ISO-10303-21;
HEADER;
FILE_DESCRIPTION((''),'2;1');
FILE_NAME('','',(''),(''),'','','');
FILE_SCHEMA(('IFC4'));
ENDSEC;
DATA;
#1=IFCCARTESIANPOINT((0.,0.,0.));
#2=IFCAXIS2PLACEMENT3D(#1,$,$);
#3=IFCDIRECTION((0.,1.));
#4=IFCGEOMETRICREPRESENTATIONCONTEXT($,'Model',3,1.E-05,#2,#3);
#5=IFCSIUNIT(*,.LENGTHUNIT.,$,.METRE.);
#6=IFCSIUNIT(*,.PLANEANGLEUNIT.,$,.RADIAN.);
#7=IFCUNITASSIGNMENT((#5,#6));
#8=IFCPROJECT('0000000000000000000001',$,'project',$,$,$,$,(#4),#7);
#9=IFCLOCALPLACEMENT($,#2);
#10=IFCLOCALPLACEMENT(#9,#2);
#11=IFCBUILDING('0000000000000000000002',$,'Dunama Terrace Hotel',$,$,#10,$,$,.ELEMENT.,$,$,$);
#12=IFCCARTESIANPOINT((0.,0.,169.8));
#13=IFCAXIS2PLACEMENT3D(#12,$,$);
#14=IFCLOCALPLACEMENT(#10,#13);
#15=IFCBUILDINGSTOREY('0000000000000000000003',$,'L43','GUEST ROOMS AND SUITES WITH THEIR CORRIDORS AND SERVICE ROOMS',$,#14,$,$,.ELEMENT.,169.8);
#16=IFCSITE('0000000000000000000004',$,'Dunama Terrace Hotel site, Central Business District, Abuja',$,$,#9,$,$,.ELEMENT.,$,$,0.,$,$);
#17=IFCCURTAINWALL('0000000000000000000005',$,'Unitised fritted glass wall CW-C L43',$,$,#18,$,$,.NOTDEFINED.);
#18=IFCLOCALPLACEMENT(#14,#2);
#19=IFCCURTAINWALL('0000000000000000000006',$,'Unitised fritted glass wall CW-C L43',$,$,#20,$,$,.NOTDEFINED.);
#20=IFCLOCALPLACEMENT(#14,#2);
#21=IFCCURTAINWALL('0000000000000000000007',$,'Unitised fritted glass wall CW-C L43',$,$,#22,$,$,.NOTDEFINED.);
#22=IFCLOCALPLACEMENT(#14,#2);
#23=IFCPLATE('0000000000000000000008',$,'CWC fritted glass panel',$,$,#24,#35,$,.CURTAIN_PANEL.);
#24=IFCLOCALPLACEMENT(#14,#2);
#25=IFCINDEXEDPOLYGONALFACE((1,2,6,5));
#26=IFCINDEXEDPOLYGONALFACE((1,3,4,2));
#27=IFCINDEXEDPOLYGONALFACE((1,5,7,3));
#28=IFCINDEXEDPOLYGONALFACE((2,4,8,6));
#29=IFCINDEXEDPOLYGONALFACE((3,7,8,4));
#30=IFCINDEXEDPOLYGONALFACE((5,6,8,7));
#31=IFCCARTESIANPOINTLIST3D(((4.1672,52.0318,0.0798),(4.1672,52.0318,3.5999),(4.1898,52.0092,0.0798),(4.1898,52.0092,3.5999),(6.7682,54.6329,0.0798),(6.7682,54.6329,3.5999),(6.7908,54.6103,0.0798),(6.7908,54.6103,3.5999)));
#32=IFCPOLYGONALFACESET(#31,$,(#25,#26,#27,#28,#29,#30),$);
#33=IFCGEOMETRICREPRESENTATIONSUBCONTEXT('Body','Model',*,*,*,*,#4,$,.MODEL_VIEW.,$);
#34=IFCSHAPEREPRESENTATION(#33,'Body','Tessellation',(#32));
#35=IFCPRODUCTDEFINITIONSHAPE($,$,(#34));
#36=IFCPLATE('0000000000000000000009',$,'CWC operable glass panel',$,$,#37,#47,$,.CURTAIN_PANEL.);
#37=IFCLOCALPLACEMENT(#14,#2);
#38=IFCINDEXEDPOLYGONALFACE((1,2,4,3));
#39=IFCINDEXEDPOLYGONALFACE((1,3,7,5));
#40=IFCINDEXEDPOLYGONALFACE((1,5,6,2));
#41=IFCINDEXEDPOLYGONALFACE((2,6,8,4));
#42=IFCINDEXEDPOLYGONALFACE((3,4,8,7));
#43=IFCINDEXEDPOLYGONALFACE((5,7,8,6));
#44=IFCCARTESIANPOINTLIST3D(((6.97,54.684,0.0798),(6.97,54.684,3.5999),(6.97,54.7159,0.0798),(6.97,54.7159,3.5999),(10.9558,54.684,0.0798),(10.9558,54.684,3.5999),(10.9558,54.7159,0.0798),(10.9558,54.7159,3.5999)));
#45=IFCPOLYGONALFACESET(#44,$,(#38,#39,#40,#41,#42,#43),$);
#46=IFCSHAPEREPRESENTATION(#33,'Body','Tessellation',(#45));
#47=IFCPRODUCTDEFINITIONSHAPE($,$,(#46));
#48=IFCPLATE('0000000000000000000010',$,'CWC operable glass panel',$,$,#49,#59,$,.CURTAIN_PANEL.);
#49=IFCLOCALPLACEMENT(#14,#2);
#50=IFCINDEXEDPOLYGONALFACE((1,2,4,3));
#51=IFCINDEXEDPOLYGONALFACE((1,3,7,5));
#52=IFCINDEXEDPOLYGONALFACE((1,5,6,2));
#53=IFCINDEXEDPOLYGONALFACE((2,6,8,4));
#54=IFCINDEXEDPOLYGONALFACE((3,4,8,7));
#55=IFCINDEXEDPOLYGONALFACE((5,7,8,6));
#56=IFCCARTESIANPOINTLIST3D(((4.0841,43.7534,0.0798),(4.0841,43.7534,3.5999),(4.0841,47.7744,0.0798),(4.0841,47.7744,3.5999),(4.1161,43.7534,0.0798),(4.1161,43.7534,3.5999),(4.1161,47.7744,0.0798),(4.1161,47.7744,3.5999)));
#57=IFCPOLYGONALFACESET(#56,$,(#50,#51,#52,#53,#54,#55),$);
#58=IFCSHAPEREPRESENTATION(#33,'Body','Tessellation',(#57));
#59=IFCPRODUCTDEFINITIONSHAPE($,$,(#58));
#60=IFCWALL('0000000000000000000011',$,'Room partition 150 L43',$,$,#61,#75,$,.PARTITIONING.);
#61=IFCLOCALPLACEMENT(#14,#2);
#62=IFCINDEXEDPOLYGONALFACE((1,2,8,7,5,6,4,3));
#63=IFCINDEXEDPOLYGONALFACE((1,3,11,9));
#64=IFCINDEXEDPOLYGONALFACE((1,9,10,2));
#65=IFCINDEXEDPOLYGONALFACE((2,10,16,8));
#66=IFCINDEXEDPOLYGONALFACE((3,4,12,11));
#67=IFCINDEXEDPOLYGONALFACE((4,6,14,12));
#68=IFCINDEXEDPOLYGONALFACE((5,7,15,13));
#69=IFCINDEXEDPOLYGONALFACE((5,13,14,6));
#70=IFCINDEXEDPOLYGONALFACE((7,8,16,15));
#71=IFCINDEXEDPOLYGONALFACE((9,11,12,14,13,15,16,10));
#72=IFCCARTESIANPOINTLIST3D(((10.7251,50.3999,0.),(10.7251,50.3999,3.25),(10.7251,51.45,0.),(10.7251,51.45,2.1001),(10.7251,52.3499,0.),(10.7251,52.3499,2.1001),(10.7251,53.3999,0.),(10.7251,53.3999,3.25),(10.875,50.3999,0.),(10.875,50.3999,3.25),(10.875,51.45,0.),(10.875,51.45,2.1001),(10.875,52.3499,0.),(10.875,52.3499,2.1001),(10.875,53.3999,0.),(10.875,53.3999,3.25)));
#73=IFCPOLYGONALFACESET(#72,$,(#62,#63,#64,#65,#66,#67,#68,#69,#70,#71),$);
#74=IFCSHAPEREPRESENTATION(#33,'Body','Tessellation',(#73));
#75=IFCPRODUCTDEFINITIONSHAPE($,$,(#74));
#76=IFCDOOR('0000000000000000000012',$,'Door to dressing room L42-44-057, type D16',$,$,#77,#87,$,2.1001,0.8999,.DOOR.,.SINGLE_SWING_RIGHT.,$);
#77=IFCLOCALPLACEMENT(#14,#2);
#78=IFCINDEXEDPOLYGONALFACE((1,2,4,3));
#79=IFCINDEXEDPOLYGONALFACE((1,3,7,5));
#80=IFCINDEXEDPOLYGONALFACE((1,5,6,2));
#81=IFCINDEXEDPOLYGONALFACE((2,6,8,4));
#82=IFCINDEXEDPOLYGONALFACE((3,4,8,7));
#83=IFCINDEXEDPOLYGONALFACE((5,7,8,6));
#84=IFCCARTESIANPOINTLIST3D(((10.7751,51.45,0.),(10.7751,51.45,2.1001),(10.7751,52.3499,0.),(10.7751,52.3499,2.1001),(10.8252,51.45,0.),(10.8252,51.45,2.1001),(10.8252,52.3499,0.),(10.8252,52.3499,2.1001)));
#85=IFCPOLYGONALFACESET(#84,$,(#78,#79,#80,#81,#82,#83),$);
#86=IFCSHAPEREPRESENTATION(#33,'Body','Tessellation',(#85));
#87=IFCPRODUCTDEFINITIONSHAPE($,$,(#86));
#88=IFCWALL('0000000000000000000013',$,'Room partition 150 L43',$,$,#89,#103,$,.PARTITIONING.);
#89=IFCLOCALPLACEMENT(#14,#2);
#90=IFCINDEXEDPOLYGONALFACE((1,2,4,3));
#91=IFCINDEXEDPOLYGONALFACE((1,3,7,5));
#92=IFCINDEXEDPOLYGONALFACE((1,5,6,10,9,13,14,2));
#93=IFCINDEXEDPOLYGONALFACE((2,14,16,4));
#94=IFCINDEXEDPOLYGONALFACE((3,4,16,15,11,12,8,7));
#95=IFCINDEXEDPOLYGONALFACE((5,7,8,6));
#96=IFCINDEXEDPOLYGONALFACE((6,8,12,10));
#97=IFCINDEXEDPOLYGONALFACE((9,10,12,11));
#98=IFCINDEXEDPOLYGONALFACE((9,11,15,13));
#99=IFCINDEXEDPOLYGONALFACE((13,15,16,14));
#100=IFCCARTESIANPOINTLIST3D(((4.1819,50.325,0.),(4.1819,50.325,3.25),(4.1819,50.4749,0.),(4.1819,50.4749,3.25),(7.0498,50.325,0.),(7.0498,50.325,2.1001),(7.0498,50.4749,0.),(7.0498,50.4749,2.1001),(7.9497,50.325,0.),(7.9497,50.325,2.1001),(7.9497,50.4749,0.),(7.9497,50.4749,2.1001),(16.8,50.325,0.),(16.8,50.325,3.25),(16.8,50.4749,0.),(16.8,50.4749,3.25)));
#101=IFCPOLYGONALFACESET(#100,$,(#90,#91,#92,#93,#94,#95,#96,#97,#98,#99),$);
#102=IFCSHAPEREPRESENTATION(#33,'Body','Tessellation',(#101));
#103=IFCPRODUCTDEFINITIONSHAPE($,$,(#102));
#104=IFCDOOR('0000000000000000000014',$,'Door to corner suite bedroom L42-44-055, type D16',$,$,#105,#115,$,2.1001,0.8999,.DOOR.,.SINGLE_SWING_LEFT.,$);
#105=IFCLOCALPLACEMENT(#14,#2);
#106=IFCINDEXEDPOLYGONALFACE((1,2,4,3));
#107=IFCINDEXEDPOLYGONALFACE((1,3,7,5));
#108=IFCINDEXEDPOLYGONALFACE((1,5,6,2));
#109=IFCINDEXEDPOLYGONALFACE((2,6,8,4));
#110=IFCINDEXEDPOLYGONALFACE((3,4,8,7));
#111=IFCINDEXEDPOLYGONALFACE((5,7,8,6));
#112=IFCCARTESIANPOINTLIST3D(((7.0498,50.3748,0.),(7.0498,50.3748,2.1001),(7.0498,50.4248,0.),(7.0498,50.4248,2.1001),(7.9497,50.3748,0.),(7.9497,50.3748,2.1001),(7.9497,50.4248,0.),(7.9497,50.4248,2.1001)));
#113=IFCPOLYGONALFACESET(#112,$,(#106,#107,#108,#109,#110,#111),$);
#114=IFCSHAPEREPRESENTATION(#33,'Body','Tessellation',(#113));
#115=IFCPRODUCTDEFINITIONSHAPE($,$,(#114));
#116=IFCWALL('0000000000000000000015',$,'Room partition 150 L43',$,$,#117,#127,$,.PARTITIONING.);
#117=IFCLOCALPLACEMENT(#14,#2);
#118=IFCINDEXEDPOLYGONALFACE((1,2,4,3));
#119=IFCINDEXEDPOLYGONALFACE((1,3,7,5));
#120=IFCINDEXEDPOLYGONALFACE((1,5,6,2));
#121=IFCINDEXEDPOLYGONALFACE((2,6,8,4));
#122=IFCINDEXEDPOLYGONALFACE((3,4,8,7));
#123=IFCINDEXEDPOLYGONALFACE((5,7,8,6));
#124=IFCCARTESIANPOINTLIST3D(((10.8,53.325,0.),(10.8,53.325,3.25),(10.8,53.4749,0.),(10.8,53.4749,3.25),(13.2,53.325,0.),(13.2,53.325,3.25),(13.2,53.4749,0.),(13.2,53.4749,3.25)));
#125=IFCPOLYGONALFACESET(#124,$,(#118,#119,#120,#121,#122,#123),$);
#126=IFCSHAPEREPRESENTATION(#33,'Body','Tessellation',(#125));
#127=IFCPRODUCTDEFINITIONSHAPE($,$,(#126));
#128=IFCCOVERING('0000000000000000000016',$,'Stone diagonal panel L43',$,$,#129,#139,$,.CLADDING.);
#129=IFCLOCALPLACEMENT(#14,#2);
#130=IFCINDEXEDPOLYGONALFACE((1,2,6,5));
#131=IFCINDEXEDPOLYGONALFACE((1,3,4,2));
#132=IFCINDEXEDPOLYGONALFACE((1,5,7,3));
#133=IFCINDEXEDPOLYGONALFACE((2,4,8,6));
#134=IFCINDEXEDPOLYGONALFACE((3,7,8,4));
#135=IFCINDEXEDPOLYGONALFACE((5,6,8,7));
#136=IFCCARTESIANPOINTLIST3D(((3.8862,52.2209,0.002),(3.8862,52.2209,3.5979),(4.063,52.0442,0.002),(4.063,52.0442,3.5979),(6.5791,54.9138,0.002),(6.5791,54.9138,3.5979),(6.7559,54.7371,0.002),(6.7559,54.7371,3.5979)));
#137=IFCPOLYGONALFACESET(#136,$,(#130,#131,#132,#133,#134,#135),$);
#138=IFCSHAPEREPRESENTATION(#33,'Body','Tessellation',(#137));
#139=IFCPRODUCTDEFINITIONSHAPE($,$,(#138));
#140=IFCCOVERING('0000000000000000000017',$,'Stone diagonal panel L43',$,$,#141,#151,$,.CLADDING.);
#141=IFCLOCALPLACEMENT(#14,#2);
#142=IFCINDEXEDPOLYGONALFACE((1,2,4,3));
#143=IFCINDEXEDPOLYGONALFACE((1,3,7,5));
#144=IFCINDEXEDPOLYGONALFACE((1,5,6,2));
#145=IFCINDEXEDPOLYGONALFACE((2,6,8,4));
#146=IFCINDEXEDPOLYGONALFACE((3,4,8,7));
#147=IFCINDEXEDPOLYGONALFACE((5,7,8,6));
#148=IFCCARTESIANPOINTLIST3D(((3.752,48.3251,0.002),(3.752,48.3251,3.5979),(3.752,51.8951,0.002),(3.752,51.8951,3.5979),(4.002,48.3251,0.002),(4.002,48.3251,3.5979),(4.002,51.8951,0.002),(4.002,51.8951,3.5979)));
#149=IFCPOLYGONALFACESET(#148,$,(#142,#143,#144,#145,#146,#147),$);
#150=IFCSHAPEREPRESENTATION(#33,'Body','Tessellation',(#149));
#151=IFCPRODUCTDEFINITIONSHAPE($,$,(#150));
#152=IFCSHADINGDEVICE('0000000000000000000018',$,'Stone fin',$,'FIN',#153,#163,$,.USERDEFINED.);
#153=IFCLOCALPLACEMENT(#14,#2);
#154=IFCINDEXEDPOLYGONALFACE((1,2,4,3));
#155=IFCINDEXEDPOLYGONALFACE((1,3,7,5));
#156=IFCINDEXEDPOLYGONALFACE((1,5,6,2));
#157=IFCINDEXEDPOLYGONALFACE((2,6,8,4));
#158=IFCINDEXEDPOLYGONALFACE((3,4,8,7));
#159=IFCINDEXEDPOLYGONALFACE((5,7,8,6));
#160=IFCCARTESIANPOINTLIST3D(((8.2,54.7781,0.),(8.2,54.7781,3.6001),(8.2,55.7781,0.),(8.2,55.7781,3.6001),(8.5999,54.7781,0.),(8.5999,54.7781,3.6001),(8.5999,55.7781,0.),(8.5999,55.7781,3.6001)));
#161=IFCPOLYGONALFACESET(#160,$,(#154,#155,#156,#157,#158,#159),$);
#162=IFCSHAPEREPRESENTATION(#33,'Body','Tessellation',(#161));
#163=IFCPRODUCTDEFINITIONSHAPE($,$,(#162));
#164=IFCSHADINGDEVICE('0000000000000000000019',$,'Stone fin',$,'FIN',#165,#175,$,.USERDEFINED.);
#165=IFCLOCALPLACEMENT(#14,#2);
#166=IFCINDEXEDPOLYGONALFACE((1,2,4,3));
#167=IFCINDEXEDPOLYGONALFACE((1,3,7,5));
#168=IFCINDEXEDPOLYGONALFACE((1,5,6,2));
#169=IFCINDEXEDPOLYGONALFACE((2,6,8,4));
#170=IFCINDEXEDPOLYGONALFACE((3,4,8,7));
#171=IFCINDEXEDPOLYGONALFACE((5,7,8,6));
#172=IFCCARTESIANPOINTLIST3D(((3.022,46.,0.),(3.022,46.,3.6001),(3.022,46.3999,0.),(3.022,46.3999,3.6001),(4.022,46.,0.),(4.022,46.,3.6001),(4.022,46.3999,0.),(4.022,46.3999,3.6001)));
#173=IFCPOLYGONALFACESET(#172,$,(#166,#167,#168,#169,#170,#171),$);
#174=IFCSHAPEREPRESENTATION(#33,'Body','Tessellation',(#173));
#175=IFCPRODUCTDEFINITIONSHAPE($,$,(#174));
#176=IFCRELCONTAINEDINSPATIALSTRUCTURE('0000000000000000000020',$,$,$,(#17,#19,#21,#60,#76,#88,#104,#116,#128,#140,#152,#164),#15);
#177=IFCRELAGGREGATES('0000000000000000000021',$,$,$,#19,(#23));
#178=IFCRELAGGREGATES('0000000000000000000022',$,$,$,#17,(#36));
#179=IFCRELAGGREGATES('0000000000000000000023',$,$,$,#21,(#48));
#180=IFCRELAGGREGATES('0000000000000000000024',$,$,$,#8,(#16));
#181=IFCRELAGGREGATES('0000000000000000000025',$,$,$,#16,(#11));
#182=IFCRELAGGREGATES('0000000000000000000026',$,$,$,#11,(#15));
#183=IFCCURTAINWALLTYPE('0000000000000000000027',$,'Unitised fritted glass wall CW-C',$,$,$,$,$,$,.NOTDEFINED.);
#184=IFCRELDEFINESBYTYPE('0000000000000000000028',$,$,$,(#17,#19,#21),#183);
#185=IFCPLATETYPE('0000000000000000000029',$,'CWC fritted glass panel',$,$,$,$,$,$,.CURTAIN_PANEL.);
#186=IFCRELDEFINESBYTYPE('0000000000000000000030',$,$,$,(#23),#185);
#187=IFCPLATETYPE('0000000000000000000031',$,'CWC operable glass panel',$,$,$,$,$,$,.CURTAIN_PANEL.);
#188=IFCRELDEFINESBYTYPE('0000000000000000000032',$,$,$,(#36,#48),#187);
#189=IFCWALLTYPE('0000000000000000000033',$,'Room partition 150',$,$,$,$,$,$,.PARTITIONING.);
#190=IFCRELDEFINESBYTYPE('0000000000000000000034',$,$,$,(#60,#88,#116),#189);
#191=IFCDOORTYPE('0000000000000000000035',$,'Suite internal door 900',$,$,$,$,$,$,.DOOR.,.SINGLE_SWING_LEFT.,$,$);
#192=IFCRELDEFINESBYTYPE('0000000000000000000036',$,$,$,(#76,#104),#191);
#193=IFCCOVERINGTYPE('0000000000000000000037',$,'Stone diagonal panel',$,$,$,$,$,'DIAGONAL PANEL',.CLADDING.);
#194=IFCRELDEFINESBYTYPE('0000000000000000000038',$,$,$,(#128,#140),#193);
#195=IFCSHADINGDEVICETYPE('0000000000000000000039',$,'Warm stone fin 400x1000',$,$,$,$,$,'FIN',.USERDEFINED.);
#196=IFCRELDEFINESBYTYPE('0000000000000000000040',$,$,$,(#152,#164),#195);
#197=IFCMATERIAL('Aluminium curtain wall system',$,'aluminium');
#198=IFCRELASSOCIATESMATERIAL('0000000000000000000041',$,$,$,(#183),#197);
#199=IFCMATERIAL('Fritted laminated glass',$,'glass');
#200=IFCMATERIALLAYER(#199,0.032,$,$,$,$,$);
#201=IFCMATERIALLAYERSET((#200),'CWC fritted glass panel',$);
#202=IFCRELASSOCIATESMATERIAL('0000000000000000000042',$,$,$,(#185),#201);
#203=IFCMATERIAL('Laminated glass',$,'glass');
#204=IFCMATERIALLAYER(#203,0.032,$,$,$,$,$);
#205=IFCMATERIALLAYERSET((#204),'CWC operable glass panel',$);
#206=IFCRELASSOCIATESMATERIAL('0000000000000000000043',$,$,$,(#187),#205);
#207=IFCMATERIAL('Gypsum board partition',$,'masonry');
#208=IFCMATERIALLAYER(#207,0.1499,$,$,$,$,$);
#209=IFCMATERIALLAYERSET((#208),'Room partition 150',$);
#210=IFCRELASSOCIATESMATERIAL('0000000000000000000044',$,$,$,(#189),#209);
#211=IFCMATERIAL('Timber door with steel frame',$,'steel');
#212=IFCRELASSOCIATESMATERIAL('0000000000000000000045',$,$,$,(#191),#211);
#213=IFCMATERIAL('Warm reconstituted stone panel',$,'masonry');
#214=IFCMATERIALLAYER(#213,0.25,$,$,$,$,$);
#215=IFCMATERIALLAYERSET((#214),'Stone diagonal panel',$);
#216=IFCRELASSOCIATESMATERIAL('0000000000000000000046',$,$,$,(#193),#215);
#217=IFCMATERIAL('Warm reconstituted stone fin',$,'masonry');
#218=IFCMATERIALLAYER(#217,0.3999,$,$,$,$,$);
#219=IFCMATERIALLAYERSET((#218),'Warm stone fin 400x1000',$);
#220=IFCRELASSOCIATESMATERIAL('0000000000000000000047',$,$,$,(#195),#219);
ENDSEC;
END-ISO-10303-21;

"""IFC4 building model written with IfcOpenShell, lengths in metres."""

from ifc_helpers import new_model, si_unit, direction, frame, frame_2d, origin, origin_2d, place, context, subcontext, project, spatial, rectangle, extrude, material, layer, layer_set, type_object, element, fill, aggregate, save


model = new_model("IFC4")

# Units and contexts
model_context = context("Model", 3, precision=1e-05, world=origin(), true_north=direction((0.0, 1.0)))
body_context = subcontext(model_context, "Body", "Model", "MODEL_VIEW")
ifc_project = project(units=[si_unit("LENGTHUNIT", "METRE"), si_unit("PLANEANGLEUNIT", "RADIAN")], contexts=[model_context])

# Site, building, storey
site_placement = place(None, origin())
site = spatial("IfcSite", under=ifc_project, at=site_placement, Name="Dunama Terrace Hotel site, Central Business District, Abuja", CompositionType="ELEMENT", RefElevation=0.0)
building_placement = place(site_placement, origin())
building = spatial("IfcBuilding", under=site, at=building_placement, Name="Dunama Terrace Hotel", CompositionType="ELEMENT")
storey_placement = place(building_placement, frame((0.0, 0.0, 169.8)))
storey = spatial("IfcBuildingStorey", under=building, at=storey_placement, Name="L43", Description="GUEST ROOMS AND SUITES WITH THEIR CORRIDORS AND SERVICE ROOMS", CompositionType="ELEMENT", Elevation=169.8)

# Curtain wall
ifc_material_1 = material(Name="Aluminium curtain wall system", Category="aluminium")
curtain_wall_type = type_object("IfcCurtainWallType", Name="Unitised fritted glass wall CW-C", PredefinedType="NOTDEFINED", material=ifc_material_1)
curtain_wall_1_placement = place(storey_placement, origin())
curtain_wall_1 = element("IfcCurtainWall", 1, at=curtain_wall_1_placement, inside=storey, type_object=curtain_wall_type, Name="Unitised fritted glass wall CW-C L43", PredefinedType="NOTDEFINED")

# Curtain walls
curtain_wall_2_placement = place(storey_placement, origin())
curtain_wall_2 = element("IfcCurtainWall", 2, at=curtain_wall_2_placement, inside=storey, type_object=curtain_wall_type, Name="Unitised fritted glass wall CW-C L43", PredefinedType="NOTDEFINED")
curtain_wall_3_placement = place(storey_placement, origin())
curtain_wall_3 = element("IfcCurtainWall", 3, at=curtain_wall_3_placement, inside=storey, type_object=curtain_wall_type, Name="Unitised fritted glass wall CW-C L43", PredefinedType="NOTDEFINED")

# Plates
ifc_material_2 = material(Name="Fritted laminated glass", Category="glass")
ifc_layer_1 = layer(ifc_material_2, 0.032)
ifc_layer_set_1 = layer_set([ifc_layer_1], Name="CWC fritted glass panel")
plate_type_1 = type_object("IfcPlateType", Name="CWC fritted glass panel", PredefinedType="CURTAIN_PANEL", material=ifc_layer_set_1)
plate_1_placement = place(storey_placement, frame((5.479, 53.321, 0.0798), z_axis=(0.0, 0.0, 1.0), x_axis=(-0.707107, -0.707107, 0.0)))
plate_1 = element("IfcPlate", 4, at=plate_1_placement, type_object=plate_type_1, Name="CWC fritted glass panel", PredefinedType="CURTAIN_PANEL", context=body_context, shape_type="SweptSolid", body=[
    extrude(rectangle(XDim=3.6785, YDim=0.032, at=origin_2d()), origin(), (0.0, 0.0, 1.0), 3.52),
])
aggregate(curtain_wall_2, [plate_1])
ifc_material_3 = material(Name="Laminated glass", Category="glass")
ifc_layer_2 = layer(ifc_material_3, 0.032)
ifc_layer_set_2 = layer_set([ifc_layer_2], Name="CWC operable glass panel")
plate_type_2 = type_object("IfcPlateType", Name="CWC operable glass panel", PredefinedType="CURTAIN_PANEL", material=ifc_layer_set_2)
plate_2_placement = place(storey_placement, frame((8.9629, 54.7, 0.0798), z_axis=(0.0, 0.0, 1.0), x_axis=(-1.0, 0.0, 0.0)))
plate_2 = element("IfcPlate", 5, at=plate_2_placement, type_object=plate_type_2, Name="CWC operable glass panel", PredefinedType="CURTAIN_PANEL", context=body_context, shape_type="SweptSolid", body=[
    extrude(rectangle(XDim=3.9858, YDim=0.032, at=origin_2d()), origin(), (0.0, 0.0, 1.0), 3.52),
])
aggregate(curtain_wall_1, [plate_2])
plate_3_placement = place(storey_placement, frame((4.1001, 45.7639, 0.0798), z_axis=(0.0, 0.0, 1.0), x_axis=(0.0, -1.0, 0.0)))
plate_3 = element("IfcPlate", 6, at=plate_3_placement, type_object=plate_type_2, Name="CWC operable glass panel", PredefinedType="CURTAIN_PANEL", context=body_context, shape_type="SweptSolid", body=[
    extrude(rectangle(XDim=4.021, YDim=0.032, at=origin_2d()), origin(), (0.0, 0.0, 1.0), 3.52),
])
aggregate(curtain_wall_3, [plate_3])

# Walls, openings, doors
ifc_material_4 = material(Name="Gypsum board partition", Category="masonry")
ifc_layer_3 = layer(ifc_material_4, 0.1499)
ifc_layer_set_3 = layer_set([ifc_layer_3], Name="Room partition 150")
wall_type = type_object("IfcWallType", Name="Room partition 150", PredefinedType="PARTITIONING", material=ifc_layer_set_3)
wall_1_placement = place(storey_placement, frame((10.8, 50.3999, 0.0), z_axis=(0.0, 0.0, 1.0), x_axis=(0.0, 1.0, 0.0)))
wall_1 = element("IfcWall", 7, at=wall_1_placement, inside=storey, type_object=wall_type, Name="Room partition 150 L43", PredefinedType="PARTITIONING", context=body_context, shape_type="SweptSolid", body=[
    extrude(rectangle(XDim=3.0, YDim=0.1499, at=frame_2d((1.5, 0.0))), origin(), (0.0, 0.0, 1.0), 3.25),
])
opening_1_placement = place(wall_1_placement, frame((1.05, 0.0, 0.0)))
opening_1 = element("IfcOpeningElement", 8, at=opening_1_placement, cuts=wall_1, PredefinedType="OPENING", context=body_context, shape_type="SweptSolid", body=[
    extrude(rectangle(XDim=0.8999, YDim=2.1001, at=frame_2d((0.45, 1.05))), frame((0.0, 0.085, 0.0), z_axis=(0.0, -1.0, 0.0), x_axis=(1.0, 0.0, 0.0)), (0.0, 0.0, 1.0), 0.1699),
])
ifc_material_5 = material(Name="Timber door with steel frame", Category="steel")
door_type = type_object("IfcDoorType", Name="Suite internal door 900", OperationType="SINGLE_SWING_LEFT", PredefinedType="DOOR", material=ifc_material_5)
door_1_placement = place(opening_1_placement, frame((0.8999, 0.0, 0.0), z_axis=(0.0, 0.0, 1.0), x_axis=(-1.0, 0.0, 0.0)))
door_1 = element("IfcDoor", 9, at=door_1_placement, inside=storey, type_object=door_type, Name="Door to dressing room L42-44-057, type D16", OperationType="SINGLE_SWING_RIGHT", OverallHeight=2.1001, OverallWidth=0.8999, PredefinedType="DOOR", context=body_context, shape_type="SweptSolid", body=[
    extrude(rectangle(XDim=0.8999, YDim=2.1001, at=frame_2d((0.45, 1.05))), frame((0.0, 0.0251, 0.0), z_axis=(0.0, -1.0, 0.0), x_axis=(1.0, 0.0, 0.0)), (0.0, 0.0, 1.0), 0.05),
])
fill(opening_1, door_1)
wall_2_placement = place(storey_placement, frame((4.1819, 50.3999, 0.0), z_axis=(0.0, 0.0, 1.0), x_axis=(1.0, 0.0, 0.0)))
wall_2 = element("IfcWall", 10, at=wall_2_placement, inside=storey, type_object=wall_type, Name="Room partition 150 L43", PredefinedType="PARTITIONING", context=body_context, shape_type="SweptSolid", body=[
    extrude(rectangle(XDim=12.6182, YDim=0.1499, at=frame_2d((6.3091, 0.0))), origin(), (0.0, 0.0, 1.0), 3.25),
])
opening_2_placement = place(wall_2_placement, frame((2.8679, 0.0, 0.0)))
opening_2 = element("IfcOpeningElement", 11, at=opening_2_placement, cuts=wall_2, PredefinedType="OPENING", context=body_context, shape_type="SweptSolid", body=[
    extrude(rectangle(XDim=0.8999, YDim=2.1001, at=frame_2d((0.45, 1.05))), frame((0.0, 0.085, 0.0), z_axis=(0.0, -1.0, 0.0), x_axis=(1.0, 0.0, 0.0)), (0.0, 0.0, 1.0), 0.1699),
])
door_2_placement = place(opening_2_placement, origin())
door_2 = element("IfcDoor", 12, at=door_2_placement, inside=storey, type_object=door_type, Name="Door to corner suite bedroom L42-44-055, type D16", OperationType="SINGLE_SWING_LEFT", OverallHeight=2.1001, OverallWidth=0.8999, PredefinedType="DOOR", context=body_context, shape_type="SweptSolid", body=[
    extrude(rectangle(XDim=0.8999, YDim=2.1001, at=frame_2d((0.45, 1.05))), frame((0.0, 0.0249, 0.0), z_axis=(0.0, -1.0, 0.0), x_axis=(1.0, 0.0, 0.0)), (0.0, 0.0, 1.0), 0.05),
])
fill(opening_2, door_2)

# Wall
wall_3_placement = place(storey_placement, frame((10.8, 53.3999, 0.0), z_axis=(0.0, 0.0, 1.0), x_axis=(1.0, 0.0, 0.0)))
element("IfcWall", 13, at=wall_3_placement, inside=storey, type_object=wall_type, Name="Room partition 150 L43", PredefinedType="PARTITIONING", context=body_context, shape_type="SweptSolid", body=[
    extrude(rectangle(XDim=2.3999, YDim=0.1499, at=frame_2d((1.2, 0.0))), origin(), (0.0, 0.0, 1.0), 3.25),
])

# Coverings
ifc_material_6 = material(Name="Warm reconstituted stone panel", Category="masonry")
ifc_layer_4 = layer(ifc_material_6, 0.25)
ifc_layer_set_4 = layer_set([ifc_layer_4], Name="Stone diagonal panel")
covering_type = type_object("IfcCoveringType", Name="Stone diagonal panel", ElementType="DIAGONAL PANEL", PredefinedType="CLADDING", material=ifc_layer_set_4)
covering_1_placement = place(storey_placement, frame((5.321, 53.479, 0.002), z_axis=(0.0, 0.0, 1.0), x_axis=(-0.707107, -0.707107, 0.0)))
element("IfcCovering", 14, at=covering_1_placement, inside=storey, type_object=covering_type, Name="Stone diagonal panel L43", PredefinedType="CLADDING", context=body_context, shape_type="SweptSolid", body=[
    extrude(rectangle(XDim=3.8083, YDim=0.25, at=origin_2d()), origin(), (0.0, 0.0, 1.0), 3.5959),
])
covering_2_placement = place(storey_placement, frame((3.877, 50.1101, 0.002), z_axis=(0.0, 0.0, 1.0), x_axis=(0.0, -1.0, 0.0)))
element("IfcCovering", 15, at=covering_2_placement, inside=storey, type_object=covering_type, Name="Stone diagonal panel L43", PredefinedType="CLADDING", context=body_context, shape_type="SweptSolid", body=[
    extrude(rectangle(XDim=3.5701, YDim=0.25, at=origin_2d()), origin(), (0.0, 0.0, 1.0), 3.5959),
])

# Shading devices
ifc_material_7 = material(Name="Warm reconstituted stone fin", Category="masonry")
ifc_layer_5 = layer(ifc_material_7, 0.3999)
ifc_layer_set_5 = layer_set([ifc_layer_5], Name="Warm stone fin 400x1000")
shading_device_type = type_object("IfcShadingDeviceType", Name="Warm stone fin 400x1000", ElementType="FIN", PredefinedType="USERDEFINED", material=ifc_layer_set_5)
for number, where, z_axis, x_axis, name in (
    (16, (8.3999, 55.2781, 0.0), (0.0, 0.0, 1.0), (-1.0, 0.0, 0.0), "Stone fin"),
    (17, (3.522, 46.2, 0.0), (0.0, 0.0, 1.0), (0.0, -1.0, 0.0), "Stone fin"),
):
    element("IfcShadingDevice", number, at=place(storey_placement, frame(where, z_axis=z_axis, x_axis=x_axis)), inside=storey, type_object=shading_device_type, Name=name, ObjectType="FIN", PredefinedType="USERDEFINED", context=body_context, shape_type="SweptSolid", body=[
        extrude(rectangle(XDim=0.3999, YDim=1.0, at=origin_2d()), origin(), (0.0, 0.0, 1.0), 3.6001),
    ])

save(model, "model.ifc")
